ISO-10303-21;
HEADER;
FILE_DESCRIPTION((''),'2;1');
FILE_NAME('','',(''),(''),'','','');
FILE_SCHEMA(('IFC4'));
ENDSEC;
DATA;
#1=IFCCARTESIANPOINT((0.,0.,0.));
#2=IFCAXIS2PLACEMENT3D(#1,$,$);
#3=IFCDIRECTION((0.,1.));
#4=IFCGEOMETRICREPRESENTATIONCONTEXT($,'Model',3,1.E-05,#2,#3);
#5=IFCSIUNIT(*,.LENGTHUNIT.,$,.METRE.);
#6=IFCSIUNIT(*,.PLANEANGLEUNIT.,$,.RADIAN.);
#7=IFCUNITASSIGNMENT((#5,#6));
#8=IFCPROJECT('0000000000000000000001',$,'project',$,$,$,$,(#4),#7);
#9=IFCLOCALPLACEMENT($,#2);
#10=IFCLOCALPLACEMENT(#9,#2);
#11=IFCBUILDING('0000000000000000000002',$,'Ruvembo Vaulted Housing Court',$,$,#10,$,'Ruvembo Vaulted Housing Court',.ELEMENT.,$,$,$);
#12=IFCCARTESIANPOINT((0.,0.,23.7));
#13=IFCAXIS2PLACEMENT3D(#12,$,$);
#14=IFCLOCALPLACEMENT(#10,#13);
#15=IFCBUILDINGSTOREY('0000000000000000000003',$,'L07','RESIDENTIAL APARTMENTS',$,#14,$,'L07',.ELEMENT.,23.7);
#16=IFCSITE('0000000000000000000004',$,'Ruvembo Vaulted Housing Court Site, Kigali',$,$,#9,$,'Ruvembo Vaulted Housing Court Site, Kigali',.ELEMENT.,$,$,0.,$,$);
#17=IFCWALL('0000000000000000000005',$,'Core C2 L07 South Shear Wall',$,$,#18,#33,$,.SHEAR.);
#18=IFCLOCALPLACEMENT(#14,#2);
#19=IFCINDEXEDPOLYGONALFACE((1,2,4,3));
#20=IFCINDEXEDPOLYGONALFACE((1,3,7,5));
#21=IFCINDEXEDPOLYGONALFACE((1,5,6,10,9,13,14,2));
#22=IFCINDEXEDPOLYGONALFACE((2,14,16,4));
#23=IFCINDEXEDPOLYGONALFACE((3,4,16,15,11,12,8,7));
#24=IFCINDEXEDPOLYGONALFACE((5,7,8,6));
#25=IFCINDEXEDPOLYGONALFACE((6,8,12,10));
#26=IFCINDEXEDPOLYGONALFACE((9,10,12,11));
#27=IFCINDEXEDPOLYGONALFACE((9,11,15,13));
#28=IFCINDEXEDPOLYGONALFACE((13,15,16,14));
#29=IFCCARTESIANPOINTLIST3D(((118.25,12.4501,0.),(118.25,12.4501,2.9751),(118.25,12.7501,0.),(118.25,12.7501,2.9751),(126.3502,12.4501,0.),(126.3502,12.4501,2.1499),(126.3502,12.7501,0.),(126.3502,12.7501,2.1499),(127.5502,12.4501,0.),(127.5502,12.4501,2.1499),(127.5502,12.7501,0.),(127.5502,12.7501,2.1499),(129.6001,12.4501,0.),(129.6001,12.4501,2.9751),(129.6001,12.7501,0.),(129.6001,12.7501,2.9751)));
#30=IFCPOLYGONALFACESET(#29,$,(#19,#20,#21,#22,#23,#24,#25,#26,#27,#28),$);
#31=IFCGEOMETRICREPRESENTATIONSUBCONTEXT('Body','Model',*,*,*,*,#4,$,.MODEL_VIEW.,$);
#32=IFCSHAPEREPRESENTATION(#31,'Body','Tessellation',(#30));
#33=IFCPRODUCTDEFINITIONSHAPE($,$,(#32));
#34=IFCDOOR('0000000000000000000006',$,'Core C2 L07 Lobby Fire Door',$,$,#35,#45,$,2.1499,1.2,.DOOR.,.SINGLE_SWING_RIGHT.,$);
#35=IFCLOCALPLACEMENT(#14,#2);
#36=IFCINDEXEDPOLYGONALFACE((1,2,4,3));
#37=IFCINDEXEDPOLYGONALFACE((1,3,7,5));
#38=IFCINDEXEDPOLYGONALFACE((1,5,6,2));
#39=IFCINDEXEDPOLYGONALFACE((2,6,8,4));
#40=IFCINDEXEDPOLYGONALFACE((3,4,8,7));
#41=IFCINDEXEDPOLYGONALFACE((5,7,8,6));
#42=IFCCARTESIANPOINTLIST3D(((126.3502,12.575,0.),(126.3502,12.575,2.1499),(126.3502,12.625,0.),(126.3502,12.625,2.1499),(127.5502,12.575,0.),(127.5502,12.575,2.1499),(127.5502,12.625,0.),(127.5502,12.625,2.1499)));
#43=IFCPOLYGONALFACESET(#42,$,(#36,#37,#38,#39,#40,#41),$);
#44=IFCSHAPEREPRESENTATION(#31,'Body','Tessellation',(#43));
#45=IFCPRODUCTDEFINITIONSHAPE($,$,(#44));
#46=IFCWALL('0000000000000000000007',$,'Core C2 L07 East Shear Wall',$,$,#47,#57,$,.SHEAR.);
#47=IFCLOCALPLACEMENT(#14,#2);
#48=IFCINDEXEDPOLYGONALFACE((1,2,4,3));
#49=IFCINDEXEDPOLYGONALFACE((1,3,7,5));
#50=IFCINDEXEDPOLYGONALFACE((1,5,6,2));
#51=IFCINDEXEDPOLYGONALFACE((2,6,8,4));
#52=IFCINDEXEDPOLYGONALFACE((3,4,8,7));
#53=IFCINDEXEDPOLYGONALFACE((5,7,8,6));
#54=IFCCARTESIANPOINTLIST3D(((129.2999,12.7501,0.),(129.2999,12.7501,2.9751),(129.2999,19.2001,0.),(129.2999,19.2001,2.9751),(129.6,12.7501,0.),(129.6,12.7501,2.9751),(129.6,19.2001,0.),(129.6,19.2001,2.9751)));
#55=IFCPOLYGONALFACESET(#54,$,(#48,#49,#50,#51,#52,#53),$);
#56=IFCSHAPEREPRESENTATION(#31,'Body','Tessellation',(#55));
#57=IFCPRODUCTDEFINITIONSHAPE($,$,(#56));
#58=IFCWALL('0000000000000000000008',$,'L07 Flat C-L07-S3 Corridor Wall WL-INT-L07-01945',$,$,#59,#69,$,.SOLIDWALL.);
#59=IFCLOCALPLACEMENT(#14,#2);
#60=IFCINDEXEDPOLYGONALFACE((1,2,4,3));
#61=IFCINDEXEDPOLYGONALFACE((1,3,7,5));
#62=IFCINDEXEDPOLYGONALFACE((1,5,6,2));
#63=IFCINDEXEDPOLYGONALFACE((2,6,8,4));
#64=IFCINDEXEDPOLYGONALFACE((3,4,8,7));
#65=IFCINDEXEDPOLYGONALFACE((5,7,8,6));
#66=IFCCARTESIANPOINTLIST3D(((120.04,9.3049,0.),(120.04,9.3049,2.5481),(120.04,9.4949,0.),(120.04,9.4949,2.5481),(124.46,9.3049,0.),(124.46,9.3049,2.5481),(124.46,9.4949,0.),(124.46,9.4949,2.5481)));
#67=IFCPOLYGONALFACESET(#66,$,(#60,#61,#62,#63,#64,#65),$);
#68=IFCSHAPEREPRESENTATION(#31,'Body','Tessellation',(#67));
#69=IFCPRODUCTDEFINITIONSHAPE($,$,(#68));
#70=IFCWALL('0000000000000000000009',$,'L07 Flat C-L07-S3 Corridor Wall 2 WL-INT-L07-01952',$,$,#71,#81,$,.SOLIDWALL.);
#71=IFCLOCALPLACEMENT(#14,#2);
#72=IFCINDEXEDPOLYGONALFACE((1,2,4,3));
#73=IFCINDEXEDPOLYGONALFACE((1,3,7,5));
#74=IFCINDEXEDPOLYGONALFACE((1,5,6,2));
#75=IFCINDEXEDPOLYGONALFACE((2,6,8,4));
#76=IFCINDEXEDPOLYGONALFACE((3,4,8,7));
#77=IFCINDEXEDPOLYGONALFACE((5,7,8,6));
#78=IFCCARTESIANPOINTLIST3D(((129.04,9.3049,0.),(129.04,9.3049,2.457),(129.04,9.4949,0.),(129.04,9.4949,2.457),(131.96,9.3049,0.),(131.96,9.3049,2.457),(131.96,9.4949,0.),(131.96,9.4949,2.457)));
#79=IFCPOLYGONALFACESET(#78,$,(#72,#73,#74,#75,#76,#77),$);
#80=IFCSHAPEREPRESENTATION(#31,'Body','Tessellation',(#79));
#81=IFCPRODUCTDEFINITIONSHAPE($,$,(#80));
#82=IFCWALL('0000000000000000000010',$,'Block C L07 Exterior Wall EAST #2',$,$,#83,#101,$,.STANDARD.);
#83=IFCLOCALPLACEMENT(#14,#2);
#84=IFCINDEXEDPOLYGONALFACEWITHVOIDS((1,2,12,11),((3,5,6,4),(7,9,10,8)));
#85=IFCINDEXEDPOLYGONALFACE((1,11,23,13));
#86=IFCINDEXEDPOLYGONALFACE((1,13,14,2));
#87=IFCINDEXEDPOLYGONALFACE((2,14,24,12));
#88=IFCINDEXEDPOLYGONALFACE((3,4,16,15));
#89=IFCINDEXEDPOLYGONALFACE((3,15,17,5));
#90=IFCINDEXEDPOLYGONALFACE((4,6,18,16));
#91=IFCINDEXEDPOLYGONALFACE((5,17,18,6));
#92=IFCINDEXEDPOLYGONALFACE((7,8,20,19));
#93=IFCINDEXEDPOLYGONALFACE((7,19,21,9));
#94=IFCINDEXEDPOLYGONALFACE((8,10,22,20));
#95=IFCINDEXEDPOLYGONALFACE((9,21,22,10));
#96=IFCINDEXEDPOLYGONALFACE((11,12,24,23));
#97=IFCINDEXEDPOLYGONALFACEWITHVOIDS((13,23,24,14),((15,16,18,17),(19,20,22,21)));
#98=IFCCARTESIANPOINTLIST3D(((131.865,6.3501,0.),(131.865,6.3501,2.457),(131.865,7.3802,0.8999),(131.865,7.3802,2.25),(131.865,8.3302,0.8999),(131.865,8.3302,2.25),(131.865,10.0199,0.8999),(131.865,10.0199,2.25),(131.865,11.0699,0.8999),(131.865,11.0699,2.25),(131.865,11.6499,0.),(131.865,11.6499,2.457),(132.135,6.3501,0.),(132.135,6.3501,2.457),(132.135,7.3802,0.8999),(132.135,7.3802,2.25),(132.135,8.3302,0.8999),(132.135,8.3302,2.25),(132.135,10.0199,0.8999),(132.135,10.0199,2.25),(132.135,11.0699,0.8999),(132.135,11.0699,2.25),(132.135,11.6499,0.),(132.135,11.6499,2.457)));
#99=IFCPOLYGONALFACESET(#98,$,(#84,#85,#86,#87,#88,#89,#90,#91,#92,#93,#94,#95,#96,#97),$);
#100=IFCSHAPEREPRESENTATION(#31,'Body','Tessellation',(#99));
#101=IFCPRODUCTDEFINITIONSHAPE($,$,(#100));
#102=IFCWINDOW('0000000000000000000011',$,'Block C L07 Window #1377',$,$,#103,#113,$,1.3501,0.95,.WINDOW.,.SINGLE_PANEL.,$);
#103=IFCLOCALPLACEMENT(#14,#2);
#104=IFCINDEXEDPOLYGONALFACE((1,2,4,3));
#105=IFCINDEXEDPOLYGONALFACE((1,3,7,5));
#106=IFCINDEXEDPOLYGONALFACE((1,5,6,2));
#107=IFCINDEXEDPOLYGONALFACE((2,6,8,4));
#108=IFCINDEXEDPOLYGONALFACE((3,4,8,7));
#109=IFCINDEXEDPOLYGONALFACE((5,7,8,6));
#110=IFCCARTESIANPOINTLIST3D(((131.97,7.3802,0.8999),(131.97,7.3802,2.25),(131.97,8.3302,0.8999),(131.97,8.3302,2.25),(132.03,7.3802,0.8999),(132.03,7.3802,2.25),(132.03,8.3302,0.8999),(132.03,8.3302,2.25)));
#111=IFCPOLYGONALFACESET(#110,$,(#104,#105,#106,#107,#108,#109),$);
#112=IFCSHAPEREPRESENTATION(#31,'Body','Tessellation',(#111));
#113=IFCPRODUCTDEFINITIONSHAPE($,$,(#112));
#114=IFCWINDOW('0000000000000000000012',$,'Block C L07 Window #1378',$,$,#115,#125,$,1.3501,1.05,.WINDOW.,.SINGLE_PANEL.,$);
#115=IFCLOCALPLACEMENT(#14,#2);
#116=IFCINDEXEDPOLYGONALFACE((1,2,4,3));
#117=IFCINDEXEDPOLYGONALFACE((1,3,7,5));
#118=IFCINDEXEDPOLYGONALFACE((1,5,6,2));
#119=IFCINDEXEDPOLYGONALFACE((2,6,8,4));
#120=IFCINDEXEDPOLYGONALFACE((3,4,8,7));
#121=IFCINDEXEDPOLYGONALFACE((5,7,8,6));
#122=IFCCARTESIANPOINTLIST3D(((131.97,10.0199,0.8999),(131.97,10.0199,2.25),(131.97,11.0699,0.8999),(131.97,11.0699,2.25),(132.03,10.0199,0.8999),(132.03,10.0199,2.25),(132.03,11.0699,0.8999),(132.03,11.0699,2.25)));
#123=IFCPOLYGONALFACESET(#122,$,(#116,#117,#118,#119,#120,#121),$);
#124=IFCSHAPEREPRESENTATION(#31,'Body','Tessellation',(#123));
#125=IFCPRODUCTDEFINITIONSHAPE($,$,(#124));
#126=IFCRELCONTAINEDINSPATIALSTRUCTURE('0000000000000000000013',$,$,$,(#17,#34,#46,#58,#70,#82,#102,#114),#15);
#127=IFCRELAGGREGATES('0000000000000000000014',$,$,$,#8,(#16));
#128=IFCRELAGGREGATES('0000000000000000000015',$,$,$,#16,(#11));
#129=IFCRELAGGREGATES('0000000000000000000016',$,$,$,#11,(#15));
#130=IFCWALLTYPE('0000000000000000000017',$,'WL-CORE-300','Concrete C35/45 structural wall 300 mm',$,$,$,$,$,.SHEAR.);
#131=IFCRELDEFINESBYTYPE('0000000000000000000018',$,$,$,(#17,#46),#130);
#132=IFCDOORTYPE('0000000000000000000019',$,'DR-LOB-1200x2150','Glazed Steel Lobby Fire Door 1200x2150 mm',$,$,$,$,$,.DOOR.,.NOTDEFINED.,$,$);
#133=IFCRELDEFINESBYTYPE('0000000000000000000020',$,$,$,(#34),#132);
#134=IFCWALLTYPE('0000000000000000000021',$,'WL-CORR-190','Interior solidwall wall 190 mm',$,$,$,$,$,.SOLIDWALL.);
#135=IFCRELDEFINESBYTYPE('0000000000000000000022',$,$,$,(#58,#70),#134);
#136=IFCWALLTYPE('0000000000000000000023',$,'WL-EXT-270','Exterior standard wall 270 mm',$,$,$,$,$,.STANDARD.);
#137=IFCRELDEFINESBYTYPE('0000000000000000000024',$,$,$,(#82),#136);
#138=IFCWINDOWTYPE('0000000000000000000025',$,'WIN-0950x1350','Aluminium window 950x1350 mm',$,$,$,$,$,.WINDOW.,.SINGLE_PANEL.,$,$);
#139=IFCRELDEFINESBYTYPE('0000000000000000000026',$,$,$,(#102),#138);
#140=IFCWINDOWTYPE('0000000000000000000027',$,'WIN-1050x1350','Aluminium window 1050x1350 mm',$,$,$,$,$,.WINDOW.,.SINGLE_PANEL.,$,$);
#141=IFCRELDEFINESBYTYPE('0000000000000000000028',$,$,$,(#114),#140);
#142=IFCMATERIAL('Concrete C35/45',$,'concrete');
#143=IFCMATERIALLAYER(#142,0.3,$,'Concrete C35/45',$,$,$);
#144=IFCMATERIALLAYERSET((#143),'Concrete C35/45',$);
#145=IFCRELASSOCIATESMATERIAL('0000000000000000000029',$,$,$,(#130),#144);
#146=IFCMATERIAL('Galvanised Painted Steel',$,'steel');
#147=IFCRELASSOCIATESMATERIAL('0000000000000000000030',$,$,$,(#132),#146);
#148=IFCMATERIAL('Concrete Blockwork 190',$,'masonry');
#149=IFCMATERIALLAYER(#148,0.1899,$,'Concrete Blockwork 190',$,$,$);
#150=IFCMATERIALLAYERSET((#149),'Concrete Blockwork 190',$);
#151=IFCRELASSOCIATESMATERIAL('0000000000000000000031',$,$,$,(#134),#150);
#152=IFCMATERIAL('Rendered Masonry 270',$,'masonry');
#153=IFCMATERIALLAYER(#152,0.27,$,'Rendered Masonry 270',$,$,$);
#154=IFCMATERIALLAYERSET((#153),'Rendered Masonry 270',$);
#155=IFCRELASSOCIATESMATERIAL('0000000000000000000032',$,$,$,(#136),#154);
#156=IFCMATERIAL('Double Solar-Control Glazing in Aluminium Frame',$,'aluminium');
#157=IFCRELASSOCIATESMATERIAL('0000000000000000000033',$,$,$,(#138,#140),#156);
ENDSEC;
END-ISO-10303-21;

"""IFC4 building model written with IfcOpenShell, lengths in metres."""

from ifc_helpers import new_model, si_unit, direction, frame, frame_2d, origin, place, context, subcontext, project, spatial, rectangle, extrude, material, layer, layer_set, type_object, element, fill, save


model = new_model("IFC4")

# Units and contexts
model_context = context("Model", 3, precision=1e-05, world=origin(), true_north=direction((0.0, 1.0)))
body_context = subcontext(model_context, "Body", "Model", "MODEL_VIEW")
ifc_project = project(units=[si_unit("LENGTHUNIT", "METRE"), si_unit("PLANEANGLEUNIT", "RADIAN")], contexts=[model_context])

# Site, building, storey
site_placement = place(None, origin())
site = spatial("IfcSite", under=ifc_project, at=site_placement, Name="Ruvembo Vaulted Housing Court Site, Kigali", LongName="Ruvembo Vaulted Housing Court Site, Kigali", CompositionType="ELEMENT", RefElevation=0.0)
building_placement = place(site_placement, origin())
building = spatial("IfcBuilding", under=site, at=building_placement, Name="Ruvembo Vaulted Housing Court", LongName="Ruvembo Vaulted Housing Court", CompositionType="ELEMENT")
storey_placement = place(building_placement, frame((0.0, 0.0, 23.7)))
storey = spatial("IfcBuildingStorey", under=building, at=storey_placement, Name="L07", Description="RESIDENTIAL APARTMENTS", LongName="L07", CompositionType="ELEMENT", Elevation=23.7)

# Shared definitions
ifc_material_1 = material(Name="Concrete C35/45", Category="concrete")

# Wall, opening, door
ifc_layer_1 = layer(ifc_material_1, 0.3, Name="Concrete C35/45")
ifc_layer_set_1 = layer_set([ifc_layer_1], Name="Concrete C35/45")
wall_type_1 = type_object("IfcWallType", Name="WL-CORE-300", Description="Concrete C35/45 structural wall 300 mm", PredefinedType="SHEAR", material=ifc_layer_set_1)
wall_1_placement = place(storey_placement, frame((118.25, 12.6001, 0.0), z_axis=(0.0, 0.0, 1.0), x_axis=(1.0, 0.0, 0.0)))
wall_1 = element("IfcWall", 1, at=wall_1_placement, inside=storey, type_object=wall_type_1, Name="Core C2 L07 South Shear Wall", PredefinedType="SHEAR", context=body_context, shape_type="SweptSolid", body=[
    extrude(rectangle(XDim=11.3501, YDim=0.3, at=frame_2d((5.675, 0.0))), origin(), (0.0, 0.0, 1.0), 2.9751),
])
opening_1_placement = place(wall_1_placement, frame((8.1001, 0.0, 0.0)))
opening_1 = element("IfcOpeningElement", 2, at=opening_1_placement, cuts=wall_1, PredefinedType="OPENING", context=body_context, shape_type="SweptSolid", body=[
    extrude(rectangle(XDim=1.2, YDim=2.1499, at=frame_2d((0.6001, 1.075))), frame((0.0, 0.1599, 0.0), z_axis=(0.0, -1.0, 0.0), x_axis=(1.0, 0.0, 0.0)), (0.0, 0.0, 1.0), 0.3201),
])
ifc_material_2 = material(Name="Galvanised Painted Steel", Category="steel")
door_type_1 = type_object("IfcDoorType", Name="DR-LOB-1200x2150", Description="Glazed Steel Lobby Fire Door 1200x2150 mm", OperationType="NOTDEFINED", PredefinedType="DOOR", material=ifc_material_2)
door_1_placement = place(opening_1_placement, origin())
door_1 = element("IfcDoor", 3, at=door_1_placement, inside=storey, type_object=door_type_1, Name="Core C2 L07 Lobby Fire Door", OperationType="SINGLE_SWING_RIGHT", OverallHeight=2.1499, OverallWidth=1.2, PredefinedType="DOOR", context=body_context, shape_type="SweptSolid", body=[
    extrude(rectangle(XDim=1.2, YDim=2.1499, at=frame_2d((0.6001, 1.075))), frame((0.0, 0.0249, 0.0), z_axis=(0.0, -1.0, 0.0), x_axis=(1.0, 0.0, 0.0)), (0.0, 0.0, 1.0), 0.05),
])
fill(opening_1, door_1)

# Walls
wall_2_placement = place(storey_placement, frame((129.45, 12.75, 0.0), z_axis=(0.0, 0.0, 1.0), x_axis=(0.0, 1.0, 0.0)))
element("IfcWall", 4, at=wall_2_placement, inside=storey, type_object=wall_type_1, Name="Core C2 L07 East Shear Wall", PredefinedType="SHEAR", context=body_context, shape_type="SweptSolid", body=[
    extrude(rectangle(XDim=6.45, YDim=0.3, at=frame_2d((3.2251, 0.0))), origin(), (0.0, 0.0, 1.0), 2.9751),
])
ifc_material_3 = material(Name="Concrete Blockwork 190", Category="masonry")
ifc_layer_2 = layer(ifc_material_3, 0.1899, Name="Concrete Blockwork 190")
ifc_layer_set_2 = layer_set([ifc_layer_2], Name="Concrete Blockwork 190")
wall_type_2 = type_object("IfcWallType", Name="WL-CORR-190", Description="Interior solidwall wall 190 mm", PredefinedType="SOLIDWALL", material=ifc_layer_set_2)
wall_3_placement = place(storey_placement, frame((120.04, 9.3999, 0.0), z_axis=(0.0, 0.0, 1.0), x_axis=(1.0, 0.0, 0.0)))
element("IfcWall", 5, at=wall_3_placement, inside=storey, type_object=wall_type_2, Name="L07 Flat C-L07-S3 Corridor Wall WL-INT-L07-01945", PredefinedType="SOLIDWALL", context=body_context, shape_type="SweptSolid", body=[
    extrude(rectangle(XDim=4.4199, YDim=0.1899, at=frame_2d((2.21, 0.0))), origin(), (0.0, 0.0, 1.0), 2.5481),
])

# Wall
wall_4_placement = place(storey_placement, frame((129.04, 9.3999, 0.0), z_axis=(0.0, 0.0, 1.0), x_axis=(1.0, 0.0, 0.0)))
element("IfcWall", 6, at=wall_4_placement, inside=storey, type_object=wall_type_2, Name="L07 Flat C-L07-S3 Corridor Wall 2 WL-INT-L07-01952", PredefinedType="SOLIDWALL", context=body_context, shape_type="SweptSolid", body=[
    extrude(rectangle(XDim=2.9199, YDim=0.1899, at=frame_2d((1.46, 0.0))), origin(), (0.0, 0.0, 1.0), 2.457),
])

# Wall, openings, windows
ifc_material_4 = material(Name="Rendered Masonry 270", Category="masonry")
ifc_layer_3 = layer(ifc_material_4, 0.27, Name="Rendered Masonry 270")
ifc_layer_set_3 = layer_set([ifc_layer_3], Name="Rendered Masonry 270")
wall_type_3 = type_object("IfcWallType", Name="WL-EXT-270", Description="Exterior standard wall 270 mm", PredefinedType="STANDARD", material=ifc_layer_set_3)
wall_5_placement = place(storey_placement, frame((132.0, 6.3501, 0.0), z_axis=(0.0, 0.0, 1.0), x_axis=(0.0, 1.0, 0.0)))
wall_5 = element("IfcWall", 7, at=wall_5_placement, inside=storey, type_object=wall_type_3, Name="Block C L07 Exterior Wall EAST #2", PredefinedType="STANDARD", context=body_context, shape_type="SweptSolid", body=[
    extrude(rectangle(XDim=5.2998, YDim=0.27, at=frame_2d((2.6499, 0.0))), origin(), (0.0, 0.0, 1.0), 2.457),
])
opening_2_placement = place(wall_5_placement, frame((1.03, 0.0, 0.8999)))
opening_2 = element("IfcOpeningElement", 8, at=opening_2_placement, cuts=wall_5, PredefinedType="OPENING", context=body_context, shape_type="SweptSolid", body=[
    extrude(rectangle(XDim=0.95, YDim=1.3501, at=frame_2d((0.4751, 0.675))), frame((0.0, 0.145, 0.0), z_axis=(0.0, -1.0, 0.0), x_axis=(1.0, 0.0, 0.0)), (0.0, 0.0, 1.0), 0.29),
])
opening_3_placement = place(wall_5_placement, frame((3.6699, 0.0, 0.8999)))
opening_3 = element("IfcOpeningElement", 9, at=opening_3_placement, cuts=wall_5, PredefinedType="OPENING", context=body_context, shape_type="SweptSolid", body=[
    extrude(rectangle(XDim=1.05, YDim=1.3501, at=frame_2d((0.5249, 0.675))), frame((0.0, 0.145, 0.0), z_axis=(0.0, -1.0, 0.0), x_axis=(1.0, 0.0, 0.0)), (0.0, 0.0, 1.0), 0.29),
])
ifc_material_5 = material(Name="Double Solar-Control Glazing in Aluminium Frame", Category="aluminium")
window_type_1 = type_object("IfcWindowType", Name="WIN-0950x1350", Description="Aluminium window 950x1350 mm", PartitioningType="SINGLE_PANEL", PredefinedType="WINDOW", material=ifc_material_5)
window_1_placement = place(opening_2_placement, origin())
window_1 = element("IfcWindow", 10, at=window_1_placement, inside=storey, type_object=window_type_1, Name="Block C L07 Window #1377", OverallHeight=1.3501, OverallWidth=0.95, PartitioningType="SINGLE_PANEL", PredefinedType="WINDOW", context=body_context, shape_type="SweptSolid", body=[
    extrude(rectangle(XDim=0.95, YDim=1.3501, at=frame_2d((0.4751, 0.675))), frame((0.0, 0.03, 0.0), z_axis=(0.0, -1.0, 0.0), x_axis=(1.0, 0.0, 0.0)), (0.0, 0.0, 1.0), 0.0601),
])
fill(opening_2, window_1)
window_type_2 = type_object("IfcWindowType", Name="WIN-1050x1350", Description="Aluminium window 1050x1350 mm", PartitioningType="SINGLE_PANEL", PredefinedType="WINDOW", material=ifc_material_5)
window_2_placement = place(opening_3_placement, origin())
window_2 = element("IfcWindow", 11, at=window_2_placement, inside=storey, type_object=window_type_2, Name="Block C L07 Window #1378", OverallHeight=1.3501, OverallWidth=1.05, PartitioningType="SINGLE_PANEL", PredefinedType="WINDOW", context=body_context, shape_type="SweptSolid", body=[
    extrude(rectangle(XDim=1.05, YDim=1.3501, at=frame_2d((0.5249, 0.675))), frame((0.0, 0.03, 0.0), z_axis=(0.0, -1.0, 0.0), x_axis=(1.0, 0.0, 0.0)), (0.0, 0.0, 1.0), 0.0601),
])
fill(opening_3, window_2)

save(model, "model.ifc")
